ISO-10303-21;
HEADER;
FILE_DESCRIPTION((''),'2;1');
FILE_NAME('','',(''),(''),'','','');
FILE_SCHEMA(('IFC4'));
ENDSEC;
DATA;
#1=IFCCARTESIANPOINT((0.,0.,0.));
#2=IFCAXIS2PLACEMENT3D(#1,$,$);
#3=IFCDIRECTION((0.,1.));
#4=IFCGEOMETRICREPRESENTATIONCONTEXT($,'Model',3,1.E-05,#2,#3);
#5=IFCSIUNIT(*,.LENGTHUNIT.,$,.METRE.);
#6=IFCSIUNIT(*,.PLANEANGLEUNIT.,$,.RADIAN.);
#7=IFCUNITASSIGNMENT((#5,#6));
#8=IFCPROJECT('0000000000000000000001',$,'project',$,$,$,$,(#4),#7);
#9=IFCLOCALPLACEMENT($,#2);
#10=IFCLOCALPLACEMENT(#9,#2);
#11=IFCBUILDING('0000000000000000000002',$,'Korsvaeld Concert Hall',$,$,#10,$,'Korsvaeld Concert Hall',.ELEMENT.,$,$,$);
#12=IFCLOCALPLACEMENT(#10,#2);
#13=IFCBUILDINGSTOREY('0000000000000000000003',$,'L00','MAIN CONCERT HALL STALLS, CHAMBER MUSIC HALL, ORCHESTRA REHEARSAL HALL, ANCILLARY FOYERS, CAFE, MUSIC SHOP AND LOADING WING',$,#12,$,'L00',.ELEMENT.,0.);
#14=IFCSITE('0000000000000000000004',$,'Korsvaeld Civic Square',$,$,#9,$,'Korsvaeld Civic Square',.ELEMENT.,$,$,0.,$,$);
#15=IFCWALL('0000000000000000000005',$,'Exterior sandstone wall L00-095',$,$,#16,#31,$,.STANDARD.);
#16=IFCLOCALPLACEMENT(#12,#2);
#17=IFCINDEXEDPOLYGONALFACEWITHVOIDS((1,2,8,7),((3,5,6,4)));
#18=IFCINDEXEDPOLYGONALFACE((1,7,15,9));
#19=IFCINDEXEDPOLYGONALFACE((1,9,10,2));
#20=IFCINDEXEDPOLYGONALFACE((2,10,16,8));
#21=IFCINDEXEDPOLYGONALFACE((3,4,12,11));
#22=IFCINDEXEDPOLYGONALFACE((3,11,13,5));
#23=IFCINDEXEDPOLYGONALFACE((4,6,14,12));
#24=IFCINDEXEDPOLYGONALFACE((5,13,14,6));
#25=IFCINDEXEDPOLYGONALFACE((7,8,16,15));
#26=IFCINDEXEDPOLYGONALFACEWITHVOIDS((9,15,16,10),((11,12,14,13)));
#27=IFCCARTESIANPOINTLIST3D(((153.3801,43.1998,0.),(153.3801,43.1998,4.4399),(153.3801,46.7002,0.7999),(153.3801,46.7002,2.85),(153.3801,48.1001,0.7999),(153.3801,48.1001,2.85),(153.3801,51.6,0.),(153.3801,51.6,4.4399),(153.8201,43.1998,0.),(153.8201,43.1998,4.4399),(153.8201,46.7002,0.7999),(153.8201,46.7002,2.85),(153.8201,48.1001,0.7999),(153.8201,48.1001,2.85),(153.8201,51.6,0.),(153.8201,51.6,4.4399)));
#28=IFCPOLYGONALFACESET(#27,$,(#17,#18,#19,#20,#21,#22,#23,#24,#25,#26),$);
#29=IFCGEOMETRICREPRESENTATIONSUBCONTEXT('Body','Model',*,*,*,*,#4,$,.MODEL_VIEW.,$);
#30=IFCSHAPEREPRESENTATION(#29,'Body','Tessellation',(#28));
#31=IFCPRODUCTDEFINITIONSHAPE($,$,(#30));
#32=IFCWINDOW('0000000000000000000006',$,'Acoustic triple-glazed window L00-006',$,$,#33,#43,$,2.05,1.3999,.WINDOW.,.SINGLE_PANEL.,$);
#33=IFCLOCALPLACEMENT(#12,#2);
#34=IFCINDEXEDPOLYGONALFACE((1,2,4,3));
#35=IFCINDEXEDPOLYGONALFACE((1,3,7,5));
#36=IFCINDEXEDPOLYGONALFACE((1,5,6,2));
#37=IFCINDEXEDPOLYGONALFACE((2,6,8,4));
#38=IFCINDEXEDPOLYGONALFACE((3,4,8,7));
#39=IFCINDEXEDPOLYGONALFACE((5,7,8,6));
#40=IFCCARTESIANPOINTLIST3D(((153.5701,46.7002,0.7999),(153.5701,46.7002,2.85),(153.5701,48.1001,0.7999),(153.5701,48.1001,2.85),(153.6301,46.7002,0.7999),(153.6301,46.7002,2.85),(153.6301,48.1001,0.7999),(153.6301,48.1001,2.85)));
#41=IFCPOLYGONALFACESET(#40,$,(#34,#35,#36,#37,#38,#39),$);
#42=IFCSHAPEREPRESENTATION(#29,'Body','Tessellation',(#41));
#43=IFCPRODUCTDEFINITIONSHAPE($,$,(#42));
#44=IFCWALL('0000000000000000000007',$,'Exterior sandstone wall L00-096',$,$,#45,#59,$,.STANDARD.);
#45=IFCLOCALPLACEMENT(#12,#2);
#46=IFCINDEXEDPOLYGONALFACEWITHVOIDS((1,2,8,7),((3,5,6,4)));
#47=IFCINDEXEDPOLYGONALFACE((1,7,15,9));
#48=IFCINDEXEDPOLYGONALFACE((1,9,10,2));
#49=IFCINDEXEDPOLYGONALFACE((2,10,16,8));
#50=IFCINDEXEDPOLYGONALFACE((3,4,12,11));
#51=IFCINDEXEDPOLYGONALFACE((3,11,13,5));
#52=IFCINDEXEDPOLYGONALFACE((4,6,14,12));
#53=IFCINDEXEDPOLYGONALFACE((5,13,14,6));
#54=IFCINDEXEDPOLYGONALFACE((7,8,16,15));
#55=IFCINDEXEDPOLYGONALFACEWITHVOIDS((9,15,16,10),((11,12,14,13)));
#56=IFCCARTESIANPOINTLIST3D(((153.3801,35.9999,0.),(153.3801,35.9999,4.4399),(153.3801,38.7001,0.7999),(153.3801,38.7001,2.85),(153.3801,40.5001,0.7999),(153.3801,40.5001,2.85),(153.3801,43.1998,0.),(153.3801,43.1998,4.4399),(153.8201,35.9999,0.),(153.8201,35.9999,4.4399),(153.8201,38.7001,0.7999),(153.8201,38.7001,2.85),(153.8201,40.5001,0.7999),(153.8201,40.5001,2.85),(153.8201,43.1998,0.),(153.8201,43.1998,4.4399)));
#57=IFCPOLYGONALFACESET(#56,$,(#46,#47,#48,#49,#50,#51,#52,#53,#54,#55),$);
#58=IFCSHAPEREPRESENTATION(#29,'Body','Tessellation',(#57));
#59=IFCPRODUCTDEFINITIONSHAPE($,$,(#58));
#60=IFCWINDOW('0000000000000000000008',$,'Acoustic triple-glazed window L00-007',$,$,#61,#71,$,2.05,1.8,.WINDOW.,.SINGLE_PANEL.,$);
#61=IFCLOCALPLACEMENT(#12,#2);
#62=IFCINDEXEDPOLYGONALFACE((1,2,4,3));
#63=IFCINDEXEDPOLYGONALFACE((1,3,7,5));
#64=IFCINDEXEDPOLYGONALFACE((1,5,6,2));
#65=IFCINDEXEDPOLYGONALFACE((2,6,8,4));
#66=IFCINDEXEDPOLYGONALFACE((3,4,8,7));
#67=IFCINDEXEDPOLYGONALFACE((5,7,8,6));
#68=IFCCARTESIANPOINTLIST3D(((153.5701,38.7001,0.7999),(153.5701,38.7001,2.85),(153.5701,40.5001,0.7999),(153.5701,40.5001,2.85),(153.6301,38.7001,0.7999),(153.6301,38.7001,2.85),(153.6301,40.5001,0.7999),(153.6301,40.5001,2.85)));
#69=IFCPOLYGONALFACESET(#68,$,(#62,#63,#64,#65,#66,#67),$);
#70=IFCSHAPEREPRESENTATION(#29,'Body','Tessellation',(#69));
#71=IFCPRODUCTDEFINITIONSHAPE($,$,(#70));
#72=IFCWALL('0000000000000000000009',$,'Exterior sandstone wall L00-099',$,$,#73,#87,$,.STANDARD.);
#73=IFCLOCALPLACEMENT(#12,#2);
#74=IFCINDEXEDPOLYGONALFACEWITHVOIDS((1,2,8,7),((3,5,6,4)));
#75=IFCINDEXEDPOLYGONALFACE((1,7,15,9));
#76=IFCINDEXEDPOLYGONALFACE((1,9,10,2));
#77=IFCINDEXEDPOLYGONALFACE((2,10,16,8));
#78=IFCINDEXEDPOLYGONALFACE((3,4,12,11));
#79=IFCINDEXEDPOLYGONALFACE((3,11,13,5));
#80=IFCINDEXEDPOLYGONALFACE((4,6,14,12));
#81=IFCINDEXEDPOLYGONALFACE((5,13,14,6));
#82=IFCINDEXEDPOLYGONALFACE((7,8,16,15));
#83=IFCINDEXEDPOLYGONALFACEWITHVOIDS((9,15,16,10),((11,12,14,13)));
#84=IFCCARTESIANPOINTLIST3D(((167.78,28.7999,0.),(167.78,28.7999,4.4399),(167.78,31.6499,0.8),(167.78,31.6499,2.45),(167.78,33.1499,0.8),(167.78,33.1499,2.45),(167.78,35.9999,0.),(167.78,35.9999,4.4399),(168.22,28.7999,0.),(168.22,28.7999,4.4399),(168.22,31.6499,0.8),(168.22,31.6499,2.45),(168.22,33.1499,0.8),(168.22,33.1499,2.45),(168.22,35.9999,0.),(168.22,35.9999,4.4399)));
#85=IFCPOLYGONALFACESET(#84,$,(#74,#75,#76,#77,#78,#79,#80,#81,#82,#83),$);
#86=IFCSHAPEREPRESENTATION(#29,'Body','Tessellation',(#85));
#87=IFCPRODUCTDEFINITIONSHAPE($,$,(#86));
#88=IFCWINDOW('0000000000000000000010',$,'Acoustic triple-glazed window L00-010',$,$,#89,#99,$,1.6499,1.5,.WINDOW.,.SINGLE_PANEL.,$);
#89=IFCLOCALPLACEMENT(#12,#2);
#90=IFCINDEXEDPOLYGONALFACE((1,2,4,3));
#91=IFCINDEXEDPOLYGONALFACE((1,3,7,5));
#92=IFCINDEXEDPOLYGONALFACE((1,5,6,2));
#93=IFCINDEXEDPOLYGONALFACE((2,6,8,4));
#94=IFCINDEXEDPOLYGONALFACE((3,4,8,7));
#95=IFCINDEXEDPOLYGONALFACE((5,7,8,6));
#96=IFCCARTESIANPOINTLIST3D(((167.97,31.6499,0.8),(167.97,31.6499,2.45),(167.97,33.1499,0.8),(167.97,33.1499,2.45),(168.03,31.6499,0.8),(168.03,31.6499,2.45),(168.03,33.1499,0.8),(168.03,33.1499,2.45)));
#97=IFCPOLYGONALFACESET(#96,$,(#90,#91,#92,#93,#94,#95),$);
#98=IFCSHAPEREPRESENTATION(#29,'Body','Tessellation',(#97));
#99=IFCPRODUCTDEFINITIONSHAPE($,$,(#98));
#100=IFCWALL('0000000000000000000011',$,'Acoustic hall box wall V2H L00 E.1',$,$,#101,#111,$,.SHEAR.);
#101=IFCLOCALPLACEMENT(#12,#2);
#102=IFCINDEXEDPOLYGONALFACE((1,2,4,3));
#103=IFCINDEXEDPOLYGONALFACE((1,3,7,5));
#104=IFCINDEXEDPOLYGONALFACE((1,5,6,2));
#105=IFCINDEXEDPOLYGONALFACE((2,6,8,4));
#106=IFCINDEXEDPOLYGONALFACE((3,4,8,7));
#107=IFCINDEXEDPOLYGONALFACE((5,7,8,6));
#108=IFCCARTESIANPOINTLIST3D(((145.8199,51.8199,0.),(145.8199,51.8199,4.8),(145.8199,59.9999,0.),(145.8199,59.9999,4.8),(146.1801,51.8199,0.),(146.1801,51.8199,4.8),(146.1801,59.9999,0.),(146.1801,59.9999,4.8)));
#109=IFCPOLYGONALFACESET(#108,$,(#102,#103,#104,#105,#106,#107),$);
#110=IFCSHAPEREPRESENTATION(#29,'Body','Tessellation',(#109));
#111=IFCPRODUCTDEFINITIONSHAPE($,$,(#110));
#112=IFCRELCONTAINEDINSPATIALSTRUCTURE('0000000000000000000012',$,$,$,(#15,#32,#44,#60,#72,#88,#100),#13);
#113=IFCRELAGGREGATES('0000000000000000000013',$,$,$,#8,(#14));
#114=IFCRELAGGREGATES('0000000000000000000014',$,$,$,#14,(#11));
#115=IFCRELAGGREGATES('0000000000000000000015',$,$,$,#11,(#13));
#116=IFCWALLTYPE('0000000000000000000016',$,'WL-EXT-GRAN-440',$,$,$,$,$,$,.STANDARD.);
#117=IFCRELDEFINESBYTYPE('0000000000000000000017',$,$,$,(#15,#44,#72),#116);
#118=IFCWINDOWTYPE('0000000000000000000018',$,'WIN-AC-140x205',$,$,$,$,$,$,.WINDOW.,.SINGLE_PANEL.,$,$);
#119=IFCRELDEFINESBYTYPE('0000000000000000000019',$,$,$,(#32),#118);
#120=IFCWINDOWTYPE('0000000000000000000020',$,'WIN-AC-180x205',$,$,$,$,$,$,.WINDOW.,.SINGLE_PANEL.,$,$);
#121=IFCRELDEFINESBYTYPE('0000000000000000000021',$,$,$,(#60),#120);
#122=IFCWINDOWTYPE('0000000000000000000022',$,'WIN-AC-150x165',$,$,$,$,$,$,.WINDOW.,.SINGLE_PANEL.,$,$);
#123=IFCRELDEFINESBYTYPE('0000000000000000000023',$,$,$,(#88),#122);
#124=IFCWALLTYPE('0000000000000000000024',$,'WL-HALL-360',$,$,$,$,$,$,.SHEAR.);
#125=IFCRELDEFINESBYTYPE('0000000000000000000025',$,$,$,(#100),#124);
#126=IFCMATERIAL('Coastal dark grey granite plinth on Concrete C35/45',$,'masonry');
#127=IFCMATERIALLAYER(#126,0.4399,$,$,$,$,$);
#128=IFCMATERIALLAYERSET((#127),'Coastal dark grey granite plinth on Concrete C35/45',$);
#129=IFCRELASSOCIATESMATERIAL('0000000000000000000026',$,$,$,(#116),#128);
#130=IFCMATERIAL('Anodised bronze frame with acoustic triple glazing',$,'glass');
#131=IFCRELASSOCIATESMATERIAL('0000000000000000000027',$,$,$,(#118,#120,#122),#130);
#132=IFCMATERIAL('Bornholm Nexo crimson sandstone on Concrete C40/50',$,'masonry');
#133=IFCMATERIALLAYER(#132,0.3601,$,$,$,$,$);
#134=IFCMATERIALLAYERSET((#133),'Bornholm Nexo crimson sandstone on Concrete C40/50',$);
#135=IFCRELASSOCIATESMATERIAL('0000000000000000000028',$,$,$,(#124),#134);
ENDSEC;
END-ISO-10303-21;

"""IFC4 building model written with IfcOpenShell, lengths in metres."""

from ifc_helpers import new_model, si_unit, direction, frame, frame_2d, origin, place, context, subcontext, project, spatial, rectangle, extrude, material, layer, layer_set, type_object, element, fill, save


model = new_model("IFC4")

# Units and contexts
model_context = context("Model", 3, precision=1e-05, world=origin(), true_north=direction((0.0, 1.0)))
body_context = subcontext(model_context, "Body", "Model", "MODEL_VIEW")
ifc_project = project(units=[si_unit("LENGTHUNIT", "METRE"), si_unit("PLANEANGLEUNIT", "RADIAN")], contexts=[model_context])

# Site, building, storey
site_placement = place(None, origin())
site = spatial("IfcSite", under=ifc_project, at=site_placement, Name="Korsvaeld Civic Square", LongName="Korsvaeld Civic Square", CompositionType="ELEMENT", RefElevation=0.0)
building_placement = place(site_placement, origin())
building = spatial("IfcBuilding", under=site, at=building_placement, Name="Korsvaeld Concert Hall", LongName="Korsvaeld Concert Hall", CompositionType="ELEMENT")
storey_placement = place(building_placement, origin())
storey = spatial("IfcBuildingStorey", under=building, at=storey_placement, Name="L00", Description="MAIN CONCERT HALL STALLS, CHAMBER MUSIC HALL, ORCHESTRA REHEARSAL HALL, ANCILLARY FOYERS, CAFE, MUSIC SHOP AND LOADING WING", LongName="L00", CompositionType="ELEMENT", Elevation=0.0)

# Walls, openings, windows
ifc_material_1 = material(Name="Coastal dark grey granite plinth on Concrete C35/45", Category="masonry")
ifc_layer_1 = layer(ifc_material_1, 0.4399)
ifc_layer_set_1 = layer_set([ifc_layer_1], Name="Coastal dark grey granite plinth on Concrete C35/45")
wall_type_1 = type_object("IfcWallType", Name="WL-EXT-GRAN-440", PredefinedType="STANDARD", material=ifc_layer_set_1)
wall_1_placement = place(storey_placement, frame((153.6001, 51.6001, 0.0), z_axis=(0.0, 0.0, 1.0), x_axis=(0.0, -1.0, 0.0)))
wall_1 = element("IfcWall", 1, at=wall_1_placement, inside=storey, type_object=wall_type_1, Name="Exterior sandstone wall L00-095", PredefinedType="STANDARD", context=body_context, shape_type="SweptSolid", body=[
    extrude(rectangle(XDim=8.4001, YDim=0.4399, at=frame_2d((4.2002, 0.0))), origin(), (0.0, 0.0, 1.0), 4.4399),
])
opening_1_placement = place(wall_1_placement, frame((3.5, 0.0, 0.8)))
opening_1 = element("IfcOpeningElement", 2, at=opening_1_placement, cuts=wall_1, PredefinedType="OPENING", context=body_context, shape_type="SweptSolid", body=[
    extrude(rectangle(XDim=1.3999, YDim=2.05, at=frame_2d((0.7, 1.0249))), frame((0.0, 0.23, 0.0), z_axis=(0.0, -1.0, 0.0), x_axis=(1.0, 0.0, 0.0)), (0.0, 0.0, 1.0), 0.46),
])
ifc_material_2 = material(Name="Anodised bronze frame with acoustic triple glazing", Category="glass")
window_type_1 = type_object("IfcWindowType", Name="WIN-AC-140x205", PartitioningType="SINGLE_PANEL", PredefinedType="WINDOW", material=ifc_material_2)
window_1_placement = place(opening_1_placement, origin())
window_1 = element("IfcWindow", 3, at=window_1_placement, inside=storey, type_object=window_type_1, Name="Acoustic triple-glazed window L00-006", OverallHeight=2.05, OverallWidth=1.3999, PartitioningType="SINGLE_PANEL", PredefinedType="WINDOW", context=body_context, shape_type="SweptSolid", body=[
    extrude(rectangle(XDim=1.3999, YDim=2.05, at=frame_2d((0.7, 1.0249))), frame((0.0, 0.03, 0.0), z_axis=(0.0, -1.0, 0.0), x_axis=(1.0, 0.0, 0.0)), (0.0, 0.0, 1.0), 0.0601),
])
fill(opening_1, window_1)
wall_2_placement = place(storey_placement, frame((153.6001, 43.2, 0.0), z_axis=(0.0, 0.0, 1.0), x_axis=(0.0, -1.0, 0.0)))
wall_2 = element("IfcWall", 4, at=wall_2_placement, inside=storey, type_object=wall_type_1, Name="Exterior sandstone wall L00-096", PredefinedType="STANDARD", context=body_context, shape_type="SweptSolid", body=[
    extrude(rectangle(XDim=7.2, YDim=0.4399, at=frame_2d((3.6001, 0.0))), origin(), (0.0, 0.0, 1.0), 4.4399),
])
opening_2_placement = place(wall_2_placement, frame((2.7, 0.0, 0.8)))
opening_2 = element("IfcOpeningElement", 5, at=opening_2_placement, cuts=wall_2, PredefinedType="OPENING", context=body_context, shape_type="SweptSolid", body=[
    extrude(rectangle(XDim=1.8, YDim=2.05, at=frame_2d((0.8999, 1.0249))), frame((0.0, 0.23, 0.0), z_axis=(0.0, -1.0, 0.0), x_axis=(1.0, 0.0, 0.0)), (0.0, 0.0, 1.0), 0.46),
])
window_type_2 = type_object("IfcWindowType", Name="WIN-AC-180x205", PartitioningType="SINGLE_PANEL", PredefinedType="WINDOW", material=ifc_material_2)
window_2_placement = place(opening_2_placement, origin())
window_2 = element("IfcWindow", 6, at=window_2_placement, inside=storey, type_object=window_type_2, Name="Acoustic triple-glazed window L00-007", OverallHeight=2.05, OverallWidth=1.8, PartitioningType="SINGLE_PANEL", PredefinedType="WINDOW", context=body_context, shape_type="SweptSolid", body=[
    extrude(rectangle(XDim=1.8, YDim=2.05, at=frame_2d((0.8999, 1.0249))), frame((0.0, 0.03, 0.0), z_axis=(0.0, -1.0, 0.0), x_axis=(1.0, 0.0, 0.0)), (0.0, 0.0, 1.0), 0.0601),
])
fill(opening_2, window_2)
wall_3_placement = place(storey_placement, frame((168.0, 36.0, 0.0), z_axis=(0.0, 0.0, 1.0), x_axis=(0.0, -1.0, 0.0)))
wall_3 = element("IfcWall", 7, at=wall_3_placement, inside=storey, type_object=wall_type_1, Name="Exterior sandstone wall L00-099", PredefinedType="STANDARD", context=body_context, shape_type="SweptSolid", body=[
    extrude(rectangle(XDim=7.2, YDim=0.4399, at=frame_2d((3.6001, 0.0))), origin(), (0.0, 0.0, 1.0), 4.4399),
])
opening_3_placement = place(wall_3_placement, frame((2.8501, 0.0, 0.8)))
opening_3 = element("IfcOpeningElement", 8, at=opening_3_placement, cuts=wall_3, PredefinedType="OPENING", context=body_context, shape_type="SweptSolid", body=[
    extrude(rectangle(XDim=1.5, YDim=1.6499, at=frame_2d((0.75, 0.825))), frame((0.0, 0.23, 0.0), z_axis=(0.0, -1.0, 0.0), x_axis=(1.0, 0.0, 0.0)), (0.0, 0.0, 1.0), 0.46),
])
window_type_3 = type_object("IfcWindowType", Name="WIN-AC-150x165", PartitioningType="SINGLE_PANEL", PredefinedType="WINDOW", material=ifc_material_2)
window_3_placement = place(opening_3_placement, origin())
window_3 = element("IfcWindow", 9, at=window_3_placement, inside=storey, type_object=window_type_3, Name="Acoustic triple-glazed window L00-010", OverallHeight=1.6499, OverallWidth=1.5, PartitioningType="SINGLE_PANEL", PredefinedType="WINDOW", context=body_context, shape_type="SweptSolid", body=[
    extrude(rectangle(XDim=1.5, YDim=1.6499, at=frame_2d((0.75, 0.825))), frame((0.0, 0.03, 0.0), z_axis=(0.0, -1.0, 0.0), x_axis=(1.0, 0.0, 0.0)), (0.0, 0.0, 1.0), 0.0601),
])
fill(opening_3, window_3)

# Wall
ifc_material_3 = material(Name="Bornholm Nexo crimson sandstone on Concrete C40/50", Category="masonry")
ifc_layer_2 = layer(ifc_material_3, 0.3601)
ifc_layer_set_2 = layer_set([ifc_layer_2], Name="Bornholm Nexo crimson sandstone on Concrete C40/50")
wall_type_2 = type_object("IfcWallType", Name="WL-HALL-360", PredefinedType="SHEAR", material=ifc_layer_set_2)
wall_4_placement = place(storey_placement, frame((146.0, 51.8201, 0.0), z_axis=(0.0, 0.0, 1.0), x_axis=(0.0, 1.0, 0.0)))
element("IfcWall", 10, at=wall_4_placement, inside=storey, type_object=wall_type_2, Name="Acoustic hall box wall V2H L00 E.1", PredefinedType="SHEAR", context=body_context, shape_type="SweptSolid", body=[
    extrude(rectangle(XDim=8.1799, YDim=0.3601, at=frame_2d((4.0898, 0.0))), origin(), (0.0, 0.0, 1.0), 4.8),
])

save(model, "model.ifc")
